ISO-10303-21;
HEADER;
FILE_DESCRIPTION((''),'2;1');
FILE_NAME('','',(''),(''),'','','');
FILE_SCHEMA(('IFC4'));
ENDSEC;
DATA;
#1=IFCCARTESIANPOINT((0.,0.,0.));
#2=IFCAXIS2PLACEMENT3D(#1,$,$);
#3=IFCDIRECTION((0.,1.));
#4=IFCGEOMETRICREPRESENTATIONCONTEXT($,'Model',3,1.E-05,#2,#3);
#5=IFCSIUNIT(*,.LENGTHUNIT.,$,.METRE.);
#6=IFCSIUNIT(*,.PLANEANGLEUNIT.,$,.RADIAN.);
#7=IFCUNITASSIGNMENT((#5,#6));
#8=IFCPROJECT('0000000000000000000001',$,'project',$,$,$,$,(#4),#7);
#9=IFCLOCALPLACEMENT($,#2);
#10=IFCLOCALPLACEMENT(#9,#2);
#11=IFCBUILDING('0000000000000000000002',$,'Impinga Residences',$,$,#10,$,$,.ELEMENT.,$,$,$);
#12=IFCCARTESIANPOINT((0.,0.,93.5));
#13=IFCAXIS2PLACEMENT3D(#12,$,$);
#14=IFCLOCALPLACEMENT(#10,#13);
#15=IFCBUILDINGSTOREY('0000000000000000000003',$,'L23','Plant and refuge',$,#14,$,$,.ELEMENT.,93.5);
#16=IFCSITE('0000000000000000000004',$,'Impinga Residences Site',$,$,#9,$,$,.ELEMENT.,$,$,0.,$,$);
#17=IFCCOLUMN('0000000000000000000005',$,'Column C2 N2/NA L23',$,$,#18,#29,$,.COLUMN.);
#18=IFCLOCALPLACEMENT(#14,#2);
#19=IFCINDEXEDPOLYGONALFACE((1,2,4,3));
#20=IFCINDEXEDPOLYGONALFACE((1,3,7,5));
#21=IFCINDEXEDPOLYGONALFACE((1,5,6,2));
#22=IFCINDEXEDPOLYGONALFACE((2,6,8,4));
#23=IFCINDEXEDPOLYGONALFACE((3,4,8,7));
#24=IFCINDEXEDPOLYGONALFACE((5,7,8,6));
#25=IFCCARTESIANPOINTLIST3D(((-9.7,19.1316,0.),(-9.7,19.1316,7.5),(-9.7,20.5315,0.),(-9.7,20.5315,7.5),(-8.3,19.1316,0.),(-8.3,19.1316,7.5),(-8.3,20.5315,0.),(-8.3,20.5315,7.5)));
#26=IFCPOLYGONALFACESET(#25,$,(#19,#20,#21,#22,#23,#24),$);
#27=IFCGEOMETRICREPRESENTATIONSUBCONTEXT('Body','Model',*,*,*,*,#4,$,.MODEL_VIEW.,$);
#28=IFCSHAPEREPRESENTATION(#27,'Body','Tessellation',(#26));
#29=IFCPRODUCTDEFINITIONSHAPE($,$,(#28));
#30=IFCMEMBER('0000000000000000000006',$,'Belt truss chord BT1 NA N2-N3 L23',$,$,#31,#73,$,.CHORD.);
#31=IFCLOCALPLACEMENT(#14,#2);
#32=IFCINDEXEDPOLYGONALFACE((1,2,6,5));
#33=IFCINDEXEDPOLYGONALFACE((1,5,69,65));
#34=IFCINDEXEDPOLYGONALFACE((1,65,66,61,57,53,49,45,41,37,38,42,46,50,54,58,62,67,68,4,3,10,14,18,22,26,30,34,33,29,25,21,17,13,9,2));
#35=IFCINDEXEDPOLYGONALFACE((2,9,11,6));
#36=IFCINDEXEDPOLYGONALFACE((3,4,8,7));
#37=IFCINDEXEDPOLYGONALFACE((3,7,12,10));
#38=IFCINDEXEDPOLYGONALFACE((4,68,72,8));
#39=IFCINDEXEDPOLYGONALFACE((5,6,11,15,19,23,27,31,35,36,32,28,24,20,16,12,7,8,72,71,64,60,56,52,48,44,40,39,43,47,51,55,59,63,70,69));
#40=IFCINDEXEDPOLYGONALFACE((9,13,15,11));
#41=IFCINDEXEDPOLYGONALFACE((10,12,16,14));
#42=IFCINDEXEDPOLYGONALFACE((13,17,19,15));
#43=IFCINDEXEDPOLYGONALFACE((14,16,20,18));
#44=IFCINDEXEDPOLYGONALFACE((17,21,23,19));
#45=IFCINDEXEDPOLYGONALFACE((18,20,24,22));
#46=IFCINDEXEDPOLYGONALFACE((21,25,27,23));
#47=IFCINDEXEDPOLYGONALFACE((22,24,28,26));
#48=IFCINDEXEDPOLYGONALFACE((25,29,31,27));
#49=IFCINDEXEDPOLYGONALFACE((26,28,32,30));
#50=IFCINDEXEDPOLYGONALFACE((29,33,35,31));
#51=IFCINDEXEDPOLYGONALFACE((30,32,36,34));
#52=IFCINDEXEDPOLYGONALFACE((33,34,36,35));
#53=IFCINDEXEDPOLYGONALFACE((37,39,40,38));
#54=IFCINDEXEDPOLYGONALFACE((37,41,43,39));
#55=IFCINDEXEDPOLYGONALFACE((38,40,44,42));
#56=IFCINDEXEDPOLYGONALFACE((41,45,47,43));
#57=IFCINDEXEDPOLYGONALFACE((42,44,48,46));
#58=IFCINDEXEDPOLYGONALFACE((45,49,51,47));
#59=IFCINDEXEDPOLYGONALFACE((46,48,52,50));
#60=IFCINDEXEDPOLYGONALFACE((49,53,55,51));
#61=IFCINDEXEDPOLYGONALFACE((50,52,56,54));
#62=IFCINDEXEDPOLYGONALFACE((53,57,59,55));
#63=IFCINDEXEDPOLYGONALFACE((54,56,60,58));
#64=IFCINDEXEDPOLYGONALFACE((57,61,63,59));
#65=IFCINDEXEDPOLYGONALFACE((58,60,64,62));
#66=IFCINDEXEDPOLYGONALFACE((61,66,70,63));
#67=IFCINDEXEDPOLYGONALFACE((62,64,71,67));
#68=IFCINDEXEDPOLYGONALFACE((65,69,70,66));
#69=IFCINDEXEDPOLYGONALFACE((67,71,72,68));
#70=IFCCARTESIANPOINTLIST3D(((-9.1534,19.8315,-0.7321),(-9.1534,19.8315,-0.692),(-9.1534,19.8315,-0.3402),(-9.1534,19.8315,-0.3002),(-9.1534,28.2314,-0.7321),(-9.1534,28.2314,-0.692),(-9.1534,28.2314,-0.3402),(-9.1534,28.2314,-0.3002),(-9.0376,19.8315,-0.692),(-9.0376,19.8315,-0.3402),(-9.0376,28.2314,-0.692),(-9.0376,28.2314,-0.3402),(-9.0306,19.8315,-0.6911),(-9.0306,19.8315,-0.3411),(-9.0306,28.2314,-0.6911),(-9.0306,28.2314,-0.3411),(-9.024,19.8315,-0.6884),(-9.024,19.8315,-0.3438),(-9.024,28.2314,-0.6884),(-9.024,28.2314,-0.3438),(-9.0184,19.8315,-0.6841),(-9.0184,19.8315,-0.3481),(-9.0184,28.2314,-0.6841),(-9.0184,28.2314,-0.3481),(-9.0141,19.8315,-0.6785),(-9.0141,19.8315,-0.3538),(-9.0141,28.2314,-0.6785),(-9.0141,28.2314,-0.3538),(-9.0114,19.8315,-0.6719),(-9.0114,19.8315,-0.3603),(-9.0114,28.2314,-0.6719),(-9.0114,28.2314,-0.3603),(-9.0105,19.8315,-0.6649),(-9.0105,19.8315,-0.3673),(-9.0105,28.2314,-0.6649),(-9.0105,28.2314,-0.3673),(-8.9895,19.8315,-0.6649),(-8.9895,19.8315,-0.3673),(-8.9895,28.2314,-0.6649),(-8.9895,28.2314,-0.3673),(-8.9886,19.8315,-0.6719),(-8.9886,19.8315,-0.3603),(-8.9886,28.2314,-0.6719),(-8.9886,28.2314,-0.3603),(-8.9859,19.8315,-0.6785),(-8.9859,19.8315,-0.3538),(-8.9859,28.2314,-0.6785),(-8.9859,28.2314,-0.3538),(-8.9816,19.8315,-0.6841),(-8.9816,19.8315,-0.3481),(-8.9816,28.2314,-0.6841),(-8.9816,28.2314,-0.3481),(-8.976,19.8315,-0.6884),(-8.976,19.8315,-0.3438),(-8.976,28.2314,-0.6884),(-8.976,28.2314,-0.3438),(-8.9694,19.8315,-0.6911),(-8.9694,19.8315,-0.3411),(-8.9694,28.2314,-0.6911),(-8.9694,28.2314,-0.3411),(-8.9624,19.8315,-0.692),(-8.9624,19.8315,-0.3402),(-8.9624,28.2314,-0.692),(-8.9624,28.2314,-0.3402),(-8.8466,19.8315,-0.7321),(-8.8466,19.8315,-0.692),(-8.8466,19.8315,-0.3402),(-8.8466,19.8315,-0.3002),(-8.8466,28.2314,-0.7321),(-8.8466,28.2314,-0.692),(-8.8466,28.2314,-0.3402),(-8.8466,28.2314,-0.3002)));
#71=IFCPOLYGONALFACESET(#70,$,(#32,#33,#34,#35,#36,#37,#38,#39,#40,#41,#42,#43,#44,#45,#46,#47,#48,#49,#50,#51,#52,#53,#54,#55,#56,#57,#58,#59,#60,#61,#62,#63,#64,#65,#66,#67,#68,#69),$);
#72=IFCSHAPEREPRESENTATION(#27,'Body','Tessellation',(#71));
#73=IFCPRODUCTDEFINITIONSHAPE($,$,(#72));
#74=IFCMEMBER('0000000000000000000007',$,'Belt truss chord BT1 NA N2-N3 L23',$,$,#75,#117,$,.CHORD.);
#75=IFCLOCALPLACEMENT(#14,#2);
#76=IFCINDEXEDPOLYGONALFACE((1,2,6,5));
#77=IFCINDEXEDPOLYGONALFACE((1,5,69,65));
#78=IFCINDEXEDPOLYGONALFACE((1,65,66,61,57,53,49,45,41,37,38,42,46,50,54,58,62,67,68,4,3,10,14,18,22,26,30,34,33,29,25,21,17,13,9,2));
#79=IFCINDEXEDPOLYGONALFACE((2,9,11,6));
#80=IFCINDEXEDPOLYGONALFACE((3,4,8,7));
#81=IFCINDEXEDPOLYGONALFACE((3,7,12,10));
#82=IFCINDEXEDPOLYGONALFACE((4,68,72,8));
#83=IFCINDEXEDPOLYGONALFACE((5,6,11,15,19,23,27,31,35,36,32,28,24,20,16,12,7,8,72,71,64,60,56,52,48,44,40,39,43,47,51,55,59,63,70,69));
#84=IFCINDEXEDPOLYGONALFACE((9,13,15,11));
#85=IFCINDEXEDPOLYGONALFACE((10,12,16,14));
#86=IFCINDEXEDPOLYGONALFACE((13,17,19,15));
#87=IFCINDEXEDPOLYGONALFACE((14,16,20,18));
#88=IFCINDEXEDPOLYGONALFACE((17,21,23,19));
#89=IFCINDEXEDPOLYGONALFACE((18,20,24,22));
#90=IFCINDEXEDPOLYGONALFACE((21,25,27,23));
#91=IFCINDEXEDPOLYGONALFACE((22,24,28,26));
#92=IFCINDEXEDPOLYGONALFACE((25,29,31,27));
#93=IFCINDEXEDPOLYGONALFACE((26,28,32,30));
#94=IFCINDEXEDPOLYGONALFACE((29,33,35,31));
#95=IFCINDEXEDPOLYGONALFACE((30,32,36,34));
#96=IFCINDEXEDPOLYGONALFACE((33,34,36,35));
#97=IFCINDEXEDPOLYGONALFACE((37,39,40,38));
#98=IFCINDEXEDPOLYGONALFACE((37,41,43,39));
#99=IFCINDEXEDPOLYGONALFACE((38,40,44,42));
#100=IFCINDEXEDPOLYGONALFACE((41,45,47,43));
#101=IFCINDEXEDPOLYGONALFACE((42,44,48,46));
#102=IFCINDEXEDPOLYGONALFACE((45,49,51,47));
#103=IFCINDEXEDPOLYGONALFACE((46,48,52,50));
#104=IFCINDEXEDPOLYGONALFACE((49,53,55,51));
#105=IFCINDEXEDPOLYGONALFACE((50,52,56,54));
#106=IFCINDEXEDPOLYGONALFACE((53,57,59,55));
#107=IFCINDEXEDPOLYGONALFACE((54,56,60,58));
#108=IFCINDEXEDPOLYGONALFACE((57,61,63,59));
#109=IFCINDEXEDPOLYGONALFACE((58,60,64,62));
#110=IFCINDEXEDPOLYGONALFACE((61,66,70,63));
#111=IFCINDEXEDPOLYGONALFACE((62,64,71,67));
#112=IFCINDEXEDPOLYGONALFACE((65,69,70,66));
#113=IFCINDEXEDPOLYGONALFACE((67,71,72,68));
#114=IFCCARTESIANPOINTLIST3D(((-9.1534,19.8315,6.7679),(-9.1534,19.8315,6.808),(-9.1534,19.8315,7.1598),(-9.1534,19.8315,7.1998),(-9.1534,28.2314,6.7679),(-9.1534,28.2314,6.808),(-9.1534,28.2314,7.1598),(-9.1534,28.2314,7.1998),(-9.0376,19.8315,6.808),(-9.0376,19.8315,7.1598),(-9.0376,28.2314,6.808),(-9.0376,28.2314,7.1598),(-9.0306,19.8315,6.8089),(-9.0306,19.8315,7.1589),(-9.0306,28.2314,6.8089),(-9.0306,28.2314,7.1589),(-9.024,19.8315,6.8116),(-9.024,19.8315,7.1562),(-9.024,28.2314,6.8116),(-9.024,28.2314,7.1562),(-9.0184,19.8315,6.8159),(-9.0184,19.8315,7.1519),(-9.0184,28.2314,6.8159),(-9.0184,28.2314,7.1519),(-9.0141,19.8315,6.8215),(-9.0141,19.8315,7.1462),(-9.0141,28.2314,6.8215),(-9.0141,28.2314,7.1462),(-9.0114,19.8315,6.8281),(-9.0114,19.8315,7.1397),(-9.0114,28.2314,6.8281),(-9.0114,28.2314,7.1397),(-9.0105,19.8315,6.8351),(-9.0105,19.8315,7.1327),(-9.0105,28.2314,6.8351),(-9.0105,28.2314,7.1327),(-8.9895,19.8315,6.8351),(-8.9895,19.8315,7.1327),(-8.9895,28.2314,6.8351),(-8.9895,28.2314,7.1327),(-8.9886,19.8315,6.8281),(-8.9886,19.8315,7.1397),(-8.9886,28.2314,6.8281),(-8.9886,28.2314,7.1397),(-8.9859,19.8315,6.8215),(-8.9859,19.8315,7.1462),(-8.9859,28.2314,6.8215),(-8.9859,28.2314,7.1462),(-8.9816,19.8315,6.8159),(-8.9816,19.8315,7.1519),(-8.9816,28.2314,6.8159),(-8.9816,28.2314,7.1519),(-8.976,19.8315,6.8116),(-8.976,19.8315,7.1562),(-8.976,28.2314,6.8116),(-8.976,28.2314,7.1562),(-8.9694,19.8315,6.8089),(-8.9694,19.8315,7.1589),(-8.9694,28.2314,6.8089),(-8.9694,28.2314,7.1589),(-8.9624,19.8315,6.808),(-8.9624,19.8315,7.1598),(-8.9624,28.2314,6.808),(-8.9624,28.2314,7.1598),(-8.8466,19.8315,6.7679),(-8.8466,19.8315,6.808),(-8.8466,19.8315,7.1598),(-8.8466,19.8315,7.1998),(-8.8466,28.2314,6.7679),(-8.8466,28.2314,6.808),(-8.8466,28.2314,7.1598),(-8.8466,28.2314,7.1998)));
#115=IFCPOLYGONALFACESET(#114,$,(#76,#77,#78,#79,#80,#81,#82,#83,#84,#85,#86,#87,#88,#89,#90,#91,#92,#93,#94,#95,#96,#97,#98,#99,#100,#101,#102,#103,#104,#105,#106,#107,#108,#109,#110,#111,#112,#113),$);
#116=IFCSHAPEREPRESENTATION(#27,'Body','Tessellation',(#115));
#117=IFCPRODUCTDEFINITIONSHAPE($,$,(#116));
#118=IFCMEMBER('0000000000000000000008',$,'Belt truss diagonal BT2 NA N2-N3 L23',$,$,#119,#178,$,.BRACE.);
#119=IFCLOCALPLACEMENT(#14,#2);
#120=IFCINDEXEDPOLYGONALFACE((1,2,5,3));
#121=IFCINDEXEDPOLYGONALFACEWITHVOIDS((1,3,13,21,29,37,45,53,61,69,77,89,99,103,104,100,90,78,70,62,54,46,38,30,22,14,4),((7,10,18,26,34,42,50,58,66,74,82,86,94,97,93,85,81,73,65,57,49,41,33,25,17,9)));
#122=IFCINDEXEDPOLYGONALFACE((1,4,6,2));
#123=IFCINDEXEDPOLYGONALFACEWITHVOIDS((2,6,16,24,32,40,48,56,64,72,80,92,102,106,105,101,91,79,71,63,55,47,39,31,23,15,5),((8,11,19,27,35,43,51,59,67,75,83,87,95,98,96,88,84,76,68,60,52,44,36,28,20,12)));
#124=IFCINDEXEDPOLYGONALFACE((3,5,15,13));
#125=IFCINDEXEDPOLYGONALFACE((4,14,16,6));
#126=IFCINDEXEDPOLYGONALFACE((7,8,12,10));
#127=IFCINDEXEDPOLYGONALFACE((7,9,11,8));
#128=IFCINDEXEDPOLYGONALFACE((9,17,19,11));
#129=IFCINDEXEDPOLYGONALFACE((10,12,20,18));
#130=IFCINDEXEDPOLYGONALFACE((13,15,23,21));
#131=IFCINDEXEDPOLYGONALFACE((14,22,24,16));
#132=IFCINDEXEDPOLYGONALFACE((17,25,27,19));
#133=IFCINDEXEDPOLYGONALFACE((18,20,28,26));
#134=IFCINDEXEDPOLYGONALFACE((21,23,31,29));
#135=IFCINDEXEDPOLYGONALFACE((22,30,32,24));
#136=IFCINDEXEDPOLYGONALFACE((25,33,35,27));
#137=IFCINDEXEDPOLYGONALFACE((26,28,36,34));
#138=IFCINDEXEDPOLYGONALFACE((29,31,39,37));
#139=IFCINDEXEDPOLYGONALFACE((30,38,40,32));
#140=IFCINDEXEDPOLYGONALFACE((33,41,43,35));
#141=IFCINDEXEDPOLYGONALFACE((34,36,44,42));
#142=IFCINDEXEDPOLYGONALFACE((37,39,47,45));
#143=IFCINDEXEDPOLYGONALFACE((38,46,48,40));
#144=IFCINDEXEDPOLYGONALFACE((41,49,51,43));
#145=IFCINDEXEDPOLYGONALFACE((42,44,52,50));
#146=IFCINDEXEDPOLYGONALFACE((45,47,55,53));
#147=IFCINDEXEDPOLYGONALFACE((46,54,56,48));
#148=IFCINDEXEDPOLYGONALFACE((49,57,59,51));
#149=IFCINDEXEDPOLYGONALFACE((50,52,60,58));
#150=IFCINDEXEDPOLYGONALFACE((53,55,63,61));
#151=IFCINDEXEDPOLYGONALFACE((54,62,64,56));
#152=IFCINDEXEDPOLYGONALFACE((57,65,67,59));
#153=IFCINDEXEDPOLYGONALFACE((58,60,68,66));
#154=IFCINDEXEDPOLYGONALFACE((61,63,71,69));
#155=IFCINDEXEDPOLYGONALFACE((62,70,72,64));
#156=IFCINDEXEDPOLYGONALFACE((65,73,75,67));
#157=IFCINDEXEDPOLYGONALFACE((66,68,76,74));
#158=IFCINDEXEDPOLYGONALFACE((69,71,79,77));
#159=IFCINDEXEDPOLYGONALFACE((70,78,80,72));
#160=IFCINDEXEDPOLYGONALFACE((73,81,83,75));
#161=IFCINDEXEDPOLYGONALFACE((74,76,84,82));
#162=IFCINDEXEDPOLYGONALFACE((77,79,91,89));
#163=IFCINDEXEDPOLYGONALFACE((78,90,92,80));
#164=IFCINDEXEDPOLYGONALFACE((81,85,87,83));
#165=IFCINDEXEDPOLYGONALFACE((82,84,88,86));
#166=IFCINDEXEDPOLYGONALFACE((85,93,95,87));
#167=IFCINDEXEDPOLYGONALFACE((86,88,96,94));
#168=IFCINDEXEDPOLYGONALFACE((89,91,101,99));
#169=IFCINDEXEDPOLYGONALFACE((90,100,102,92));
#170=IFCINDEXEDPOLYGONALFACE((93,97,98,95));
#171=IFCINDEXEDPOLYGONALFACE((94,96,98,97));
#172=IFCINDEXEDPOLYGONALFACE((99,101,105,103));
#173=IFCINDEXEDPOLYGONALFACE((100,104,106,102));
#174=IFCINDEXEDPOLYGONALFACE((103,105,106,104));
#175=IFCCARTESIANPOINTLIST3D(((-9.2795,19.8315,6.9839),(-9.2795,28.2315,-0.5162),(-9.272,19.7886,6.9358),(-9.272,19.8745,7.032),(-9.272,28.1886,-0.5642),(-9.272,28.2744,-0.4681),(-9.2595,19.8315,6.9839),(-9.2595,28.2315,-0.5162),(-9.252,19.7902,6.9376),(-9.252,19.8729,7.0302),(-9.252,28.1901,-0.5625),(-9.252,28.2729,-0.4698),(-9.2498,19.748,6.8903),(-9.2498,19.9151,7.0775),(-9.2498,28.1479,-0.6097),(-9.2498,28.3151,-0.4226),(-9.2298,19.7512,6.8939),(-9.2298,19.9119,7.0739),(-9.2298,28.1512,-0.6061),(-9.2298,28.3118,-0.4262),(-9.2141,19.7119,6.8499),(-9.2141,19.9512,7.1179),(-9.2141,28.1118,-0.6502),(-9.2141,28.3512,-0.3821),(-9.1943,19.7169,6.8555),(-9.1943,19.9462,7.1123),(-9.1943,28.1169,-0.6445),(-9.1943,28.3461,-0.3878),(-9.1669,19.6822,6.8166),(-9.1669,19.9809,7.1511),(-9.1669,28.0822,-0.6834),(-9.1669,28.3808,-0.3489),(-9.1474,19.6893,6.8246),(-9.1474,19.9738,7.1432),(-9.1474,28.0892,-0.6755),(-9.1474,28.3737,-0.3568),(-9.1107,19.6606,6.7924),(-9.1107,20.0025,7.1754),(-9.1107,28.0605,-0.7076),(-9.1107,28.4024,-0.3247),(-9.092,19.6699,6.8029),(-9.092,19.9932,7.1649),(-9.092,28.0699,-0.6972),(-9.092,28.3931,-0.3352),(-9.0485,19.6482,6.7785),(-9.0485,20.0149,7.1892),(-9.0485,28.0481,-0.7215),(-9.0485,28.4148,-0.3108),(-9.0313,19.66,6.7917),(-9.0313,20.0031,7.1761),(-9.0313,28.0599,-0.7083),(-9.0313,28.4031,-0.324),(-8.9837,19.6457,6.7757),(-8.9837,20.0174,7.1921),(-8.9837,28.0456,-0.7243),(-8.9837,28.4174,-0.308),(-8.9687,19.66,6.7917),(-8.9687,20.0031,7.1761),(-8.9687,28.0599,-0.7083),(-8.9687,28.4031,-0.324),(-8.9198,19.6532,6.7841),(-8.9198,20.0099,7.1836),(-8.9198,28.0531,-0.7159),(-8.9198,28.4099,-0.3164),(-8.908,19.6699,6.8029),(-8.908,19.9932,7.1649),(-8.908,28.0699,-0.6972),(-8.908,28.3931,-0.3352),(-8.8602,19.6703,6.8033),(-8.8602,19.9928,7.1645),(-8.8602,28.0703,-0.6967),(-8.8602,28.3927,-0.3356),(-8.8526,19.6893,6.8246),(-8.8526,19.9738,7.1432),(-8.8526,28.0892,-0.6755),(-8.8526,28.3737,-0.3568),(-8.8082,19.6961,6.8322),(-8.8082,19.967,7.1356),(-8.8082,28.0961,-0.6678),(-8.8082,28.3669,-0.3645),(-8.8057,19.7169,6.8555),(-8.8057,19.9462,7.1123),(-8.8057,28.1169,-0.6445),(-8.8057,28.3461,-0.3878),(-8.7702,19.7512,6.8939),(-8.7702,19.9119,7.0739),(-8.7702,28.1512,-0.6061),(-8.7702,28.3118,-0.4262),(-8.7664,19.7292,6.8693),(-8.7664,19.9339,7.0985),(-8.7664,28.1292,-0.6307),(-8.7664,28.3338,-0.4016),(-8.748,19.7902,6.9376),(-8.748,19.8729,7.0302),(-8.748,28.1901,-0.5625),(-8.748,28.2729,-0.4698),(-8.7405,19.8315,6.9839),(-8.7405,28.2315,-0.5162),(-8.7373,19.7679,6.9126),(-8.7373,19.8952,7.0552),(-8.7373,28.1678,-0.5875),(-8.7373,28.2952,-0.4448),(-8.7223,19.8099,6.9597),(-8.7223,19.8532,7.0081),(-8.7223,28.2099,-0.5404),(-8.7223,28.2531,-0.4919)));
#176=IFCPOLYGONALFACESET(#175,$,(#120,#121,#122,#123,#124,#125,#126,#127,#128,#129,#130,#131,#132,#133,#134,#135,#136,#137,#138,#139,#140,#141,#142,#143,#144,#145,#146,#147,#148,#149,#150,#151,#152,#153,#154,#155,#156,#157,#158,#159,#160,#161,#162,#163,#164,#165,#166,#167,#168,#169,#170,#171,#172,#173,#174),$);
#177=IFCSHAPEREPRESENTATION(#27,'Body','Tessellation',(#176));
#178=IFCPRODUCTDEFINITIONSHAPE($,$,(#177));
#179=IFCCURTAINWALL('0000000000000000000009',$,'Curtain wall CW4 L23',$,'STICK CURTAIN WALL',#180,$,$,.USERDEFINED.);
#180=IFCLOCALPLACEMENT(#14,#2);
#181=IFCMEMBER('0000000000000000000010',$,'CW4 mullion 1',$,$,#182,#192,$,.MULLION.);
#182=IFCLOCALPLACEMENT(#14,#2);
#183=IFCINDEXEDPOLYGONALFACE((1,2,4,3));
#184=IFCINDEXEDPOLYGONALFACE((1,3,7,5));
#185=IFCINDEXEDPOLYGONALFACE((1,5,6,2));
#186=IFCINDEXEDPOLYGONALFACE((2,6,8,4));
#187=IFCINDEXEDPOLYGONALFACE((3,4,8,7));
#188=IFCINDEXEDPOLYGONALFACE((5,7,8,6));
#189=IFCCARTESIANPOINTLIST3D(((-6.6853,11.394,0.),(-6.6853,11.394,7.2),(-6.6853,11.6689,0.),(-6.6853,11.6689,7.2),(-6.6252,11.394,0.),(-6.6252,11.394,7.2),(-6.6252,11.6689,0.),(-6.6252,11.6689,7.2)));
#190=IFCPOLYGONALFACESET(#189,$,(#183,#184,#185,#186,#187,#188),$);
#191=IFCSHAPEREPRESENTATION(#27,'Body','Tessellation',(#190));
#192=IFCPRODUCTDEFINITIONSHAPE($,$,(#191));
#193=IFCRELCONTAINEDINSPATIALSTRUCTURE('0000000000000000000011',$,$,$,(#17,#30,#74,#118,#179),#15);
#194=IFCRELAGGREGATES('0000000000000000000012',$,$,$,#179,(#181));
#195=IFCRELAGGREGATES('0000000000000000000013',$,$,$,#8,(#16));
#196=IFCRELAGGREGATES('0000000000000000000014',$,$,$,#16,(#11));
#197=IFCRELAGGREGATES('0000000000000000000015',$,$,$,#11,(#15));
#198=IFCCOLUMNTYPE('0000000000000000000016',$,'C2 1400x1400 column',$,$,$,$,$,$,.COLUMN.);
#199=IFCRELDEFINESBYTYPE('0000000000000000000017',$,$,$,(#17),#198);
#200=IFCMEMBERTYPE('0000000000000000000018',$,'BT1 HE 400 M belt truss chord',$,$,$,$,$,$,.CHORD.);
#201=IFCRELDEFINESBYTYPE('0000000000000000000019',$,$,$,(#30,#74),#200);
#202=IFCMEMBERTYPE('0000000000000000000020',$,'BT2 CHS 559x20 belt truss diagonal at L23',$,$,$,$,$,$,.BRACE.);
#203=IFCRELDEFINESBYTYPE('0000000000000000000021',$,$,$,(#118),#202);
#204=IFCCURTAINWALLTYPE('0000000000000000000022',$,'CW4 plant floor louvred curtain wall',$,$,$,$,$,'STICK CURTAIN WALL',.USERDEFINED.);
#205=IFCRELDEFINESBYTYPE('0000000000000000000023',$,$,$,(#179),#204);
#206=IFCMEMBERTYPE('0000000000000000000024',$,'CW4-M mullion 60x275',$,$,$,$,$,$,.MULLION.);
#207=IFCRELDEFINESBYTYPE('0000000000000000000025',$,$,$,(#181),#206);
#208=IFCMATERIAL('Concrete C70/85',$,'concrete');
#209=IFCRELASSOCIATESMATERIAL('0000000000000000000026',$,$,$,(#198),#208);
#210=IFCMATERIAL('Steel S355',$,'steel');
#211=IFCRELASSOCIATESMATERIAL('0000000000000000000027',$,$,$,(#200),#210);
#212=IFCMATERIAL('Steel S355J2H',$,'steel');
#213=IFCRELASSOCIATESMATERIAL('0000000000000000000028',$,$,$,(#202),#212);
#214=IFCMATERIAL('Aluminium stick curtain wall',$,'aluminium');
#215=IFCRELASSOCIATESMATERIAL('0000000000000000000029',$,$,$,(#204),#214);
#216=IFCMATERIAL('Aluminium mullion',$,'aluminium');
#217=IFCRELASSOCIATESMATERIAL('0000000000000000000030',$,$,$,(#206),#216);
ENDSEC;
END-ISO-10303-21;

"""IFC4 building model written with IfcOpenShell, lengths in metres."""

from ifc_helpers import new_model, si_unit, direction, frame, origin, origin_2d, place, context, subcontext, project, spatial, rectangle, hollow_circle, i_section, extrude, material, material_profile, profile_set, type_object, element, aggregate, save


model = new_model("IFC4")

# Units and contexts
model_context = context("Model", 3, precision=1e-05, world=origin(), true_north=direction((0.0, 1.0)))
body_context = subcontext(model_context, "Body", "Model", "MODEL_VIEW")
ifc_project = project(units=[si_unit("LENGTHUNIT", "METRE"), si_unit("PLANEANGLEUNIT", "RADIAN")], contexts=[model_context])

# Site, building, storey
site_placement = place(None, origin())
site = spatial("IfcSite", under=ifc_project, at=site_placement, Name="Impinga Residences Site", CompositionType="ELEMENT", RefElevation=0.0)
building_placement = place(site_placement, origin())
building = spatial("IfcBuilding", under=site, at=building_placement, Name="Impinga Residences", CompositionType="ELEMENT")
storey_placement = place(building_placement, frame((0.0, 0.0, 93.5)))
storey = spatial("IfcBuildingStorey", under=building, at=storey_placement, Name="L23", Description="Plant and refuge", CompositionType="ELEMENT", Elevation=93.5)

# Column
ifc_material_1 = material(Name="Concrete C70/85", Category="concrete")
ifc_material_profile_1 = material_profile(ifc_material_1, rectangle(XDim=1.3999, YDim=1.3999, at=origin_2d()), Name="RC 1400x1400")
ifc_profile_set_1 = profile_set([ifc_material_profile_1], Name="Concrete C70/85")
column_type = type_object("IfcColumnType", Name="C2 1400x1400 column", PredefinedType="COLUMN", material=ifc_profile_set_1)
column_placement = place(storey_placement, frame((-9.0, 19.8315, 0.0), z_axis=(0.0, 0.0, 1.0), x_axis=(1.0, 0.0, 0.0)))
element("IfcColumn", 1, at=column_placement, inside=storey, type_object=column_type, Name="Column C2 N2/NA L23", PredefinedType="COLUMN", context=body_context, shape_type="SweptSolid", body=[
    extrude(rectangle(XDim=1.3999, YDim=1.3999, at=origin_2d()), origin(), (0.0, 0.0, 1.0), 7.5),
])

# Members
ifc_material_2 = material(Name="Steel S355", Category="steel")
ifc_material_profile_2 = material_profile(ifc_material_2, i_section(OverallWidth=0.3069, OverallDepth=0.4319, WebThickness=0.021, FlangeThickness=0.04, FilletRadius=0.0271, at=origin_2d()), Name="HE 400 M")
ifc_profile_set_2 = profile_set([ifc_material_profile_2], Name="Steel S355")
member_type_1 = type_object("IfcMemberType", Name="BT1 HE 400 M belt truss chord", PredefinedType="CHORD", material=ifc_profile_set_2)
for number, where, z_axis, x_axis, name in (
    (2, (-9.0, 19.8315, -0.5161), (0.0, 1.0, 0.0), (-1.0, 0.0, 0.0), "Belt truss chord BT1 NA N2-N3 L23"),
    (3, (-9.0, 19.8315, 6.9839), (0.0, 1.0, 0.0), (-1.0, 0.0, 0.0), "Belt truss chord BT1 NA N2-N3 L23"),
):
    element("IfcMember", number, at=place(storey_placement, frame(where, z_axis=z_axis, x_axis=x_axis)), inside=storey, type_object=member_type_1, Name=name, PredefinedType="CHORD", context=body_context, shape_type="SweptSolid", body=[
        extrude(i_section(OverallWidth=0.3069, OverallDepth=0.4319, WebThickness=0.021, FlangeThickness=0.04, FilletRadius=0.0271, at=origin_2d()), origin(), (0.0, 0.0, 1.0), 8.3999),
    ])
ifc_material_3 = material(Name="Steel S355J2H", Category="steel")
ifc_material_profile_3 = material_profile(ifc_material_3, hollow_circle(Radius=0.2795, WallThickness=0.02, at=origin_2d()), Name="CHS 559x20")
ifc_profile_set_3 = profile_set([ifc_material_profile_3], Name="Steel S355J2H")
member_type_2 = type_object("IfcMemberType", Name="BT2 CHS 559x20 belt truss diagonal at L23", PredefinedType="BRACE", material=ifc_profile_set_3)
member_1_placement = place(storey_placement, frame((-9.0, 19.8315, 6.9839), z_axis=(0.0, 0.745934, -0.66602), x_axis=(-1.0, 0.0, 0.0)))
element("IfcMember", 4, at=member_1_placement, inside=storey, type_object=member_type_2, Name="Belt truss diagonal BT2 NA N2-N3 L23", PredefinedType="BRACE", context=body_context, shape_type="SweptSolid", body=[
    extrude(hollow_circle(Radius=0.2795, WallThickness=0.02, at=origin_2d()), origin(), (0.0, 0.0, 1.0), 11.261),
])

# Curtain wall, member
ifc_material_4 = material(Name="Aluminium stick curtain wall", Category="aluminium")
curtain_wall_type = type_object("IfcCurtainWallType", Name="CW4 plant floor louvred curtain wall", ElementType="STICK CURTAIN WALL", PredefinedType="USERDEFINED", material=ifc_material_4)
curtain_wall_1_placement = place(storey_placement, origin())
curtain_wall_1 = element("IfcCurtainWall", 5, at=curtain_wall_1_placement, inside=storey, type_object=curtain_wall_type, Name="Curtain wall CW4 L23", ObjectType="STICK CURTAIN WALL", PredefinedType="USERDEFINED")
ifc_material_5 = material(Name="Aluminium mullion", Category="aluminium")
ifc_material_profile_4 = material_profile(ifc_material_5, rectangle(XDim=0.0601, YDim=0.2749, at=origin_2d()), Name="60x275 mullion")
ifc_profile_set_4 = profile_set([ifc_material_profile_4], Name="Aluminium mullion")
member_type_3 = type_object("IfcMemberType", Name="CW4-M mullion 60x275", PredefinedType="MULLION", material=ifc_profile_set_4)
member_2_placement = place(storey_placement, frame((-6.6553, 11.5315, 0.0), z_axis=(0.0, 0.0, 1.0), x_axis=(-1.0, 0.0, 0.0)))
member_2 = element("IfcMember", 6, at=member_2_placement, type_object=member_type_3, Name="CW4 mullion 1", PredefinedType="MULLION", context=body_context, shape_type="SweptSolid", body=[
    extrude(rectangle(XDim=0.0601, YDim=0.2749, at=origin_2d()), origin(), (0.0, 0.0, 1.0), 7.2),
])

aggregate(curtain_wall_1, [member_2])

save(model, "model.ifc")
